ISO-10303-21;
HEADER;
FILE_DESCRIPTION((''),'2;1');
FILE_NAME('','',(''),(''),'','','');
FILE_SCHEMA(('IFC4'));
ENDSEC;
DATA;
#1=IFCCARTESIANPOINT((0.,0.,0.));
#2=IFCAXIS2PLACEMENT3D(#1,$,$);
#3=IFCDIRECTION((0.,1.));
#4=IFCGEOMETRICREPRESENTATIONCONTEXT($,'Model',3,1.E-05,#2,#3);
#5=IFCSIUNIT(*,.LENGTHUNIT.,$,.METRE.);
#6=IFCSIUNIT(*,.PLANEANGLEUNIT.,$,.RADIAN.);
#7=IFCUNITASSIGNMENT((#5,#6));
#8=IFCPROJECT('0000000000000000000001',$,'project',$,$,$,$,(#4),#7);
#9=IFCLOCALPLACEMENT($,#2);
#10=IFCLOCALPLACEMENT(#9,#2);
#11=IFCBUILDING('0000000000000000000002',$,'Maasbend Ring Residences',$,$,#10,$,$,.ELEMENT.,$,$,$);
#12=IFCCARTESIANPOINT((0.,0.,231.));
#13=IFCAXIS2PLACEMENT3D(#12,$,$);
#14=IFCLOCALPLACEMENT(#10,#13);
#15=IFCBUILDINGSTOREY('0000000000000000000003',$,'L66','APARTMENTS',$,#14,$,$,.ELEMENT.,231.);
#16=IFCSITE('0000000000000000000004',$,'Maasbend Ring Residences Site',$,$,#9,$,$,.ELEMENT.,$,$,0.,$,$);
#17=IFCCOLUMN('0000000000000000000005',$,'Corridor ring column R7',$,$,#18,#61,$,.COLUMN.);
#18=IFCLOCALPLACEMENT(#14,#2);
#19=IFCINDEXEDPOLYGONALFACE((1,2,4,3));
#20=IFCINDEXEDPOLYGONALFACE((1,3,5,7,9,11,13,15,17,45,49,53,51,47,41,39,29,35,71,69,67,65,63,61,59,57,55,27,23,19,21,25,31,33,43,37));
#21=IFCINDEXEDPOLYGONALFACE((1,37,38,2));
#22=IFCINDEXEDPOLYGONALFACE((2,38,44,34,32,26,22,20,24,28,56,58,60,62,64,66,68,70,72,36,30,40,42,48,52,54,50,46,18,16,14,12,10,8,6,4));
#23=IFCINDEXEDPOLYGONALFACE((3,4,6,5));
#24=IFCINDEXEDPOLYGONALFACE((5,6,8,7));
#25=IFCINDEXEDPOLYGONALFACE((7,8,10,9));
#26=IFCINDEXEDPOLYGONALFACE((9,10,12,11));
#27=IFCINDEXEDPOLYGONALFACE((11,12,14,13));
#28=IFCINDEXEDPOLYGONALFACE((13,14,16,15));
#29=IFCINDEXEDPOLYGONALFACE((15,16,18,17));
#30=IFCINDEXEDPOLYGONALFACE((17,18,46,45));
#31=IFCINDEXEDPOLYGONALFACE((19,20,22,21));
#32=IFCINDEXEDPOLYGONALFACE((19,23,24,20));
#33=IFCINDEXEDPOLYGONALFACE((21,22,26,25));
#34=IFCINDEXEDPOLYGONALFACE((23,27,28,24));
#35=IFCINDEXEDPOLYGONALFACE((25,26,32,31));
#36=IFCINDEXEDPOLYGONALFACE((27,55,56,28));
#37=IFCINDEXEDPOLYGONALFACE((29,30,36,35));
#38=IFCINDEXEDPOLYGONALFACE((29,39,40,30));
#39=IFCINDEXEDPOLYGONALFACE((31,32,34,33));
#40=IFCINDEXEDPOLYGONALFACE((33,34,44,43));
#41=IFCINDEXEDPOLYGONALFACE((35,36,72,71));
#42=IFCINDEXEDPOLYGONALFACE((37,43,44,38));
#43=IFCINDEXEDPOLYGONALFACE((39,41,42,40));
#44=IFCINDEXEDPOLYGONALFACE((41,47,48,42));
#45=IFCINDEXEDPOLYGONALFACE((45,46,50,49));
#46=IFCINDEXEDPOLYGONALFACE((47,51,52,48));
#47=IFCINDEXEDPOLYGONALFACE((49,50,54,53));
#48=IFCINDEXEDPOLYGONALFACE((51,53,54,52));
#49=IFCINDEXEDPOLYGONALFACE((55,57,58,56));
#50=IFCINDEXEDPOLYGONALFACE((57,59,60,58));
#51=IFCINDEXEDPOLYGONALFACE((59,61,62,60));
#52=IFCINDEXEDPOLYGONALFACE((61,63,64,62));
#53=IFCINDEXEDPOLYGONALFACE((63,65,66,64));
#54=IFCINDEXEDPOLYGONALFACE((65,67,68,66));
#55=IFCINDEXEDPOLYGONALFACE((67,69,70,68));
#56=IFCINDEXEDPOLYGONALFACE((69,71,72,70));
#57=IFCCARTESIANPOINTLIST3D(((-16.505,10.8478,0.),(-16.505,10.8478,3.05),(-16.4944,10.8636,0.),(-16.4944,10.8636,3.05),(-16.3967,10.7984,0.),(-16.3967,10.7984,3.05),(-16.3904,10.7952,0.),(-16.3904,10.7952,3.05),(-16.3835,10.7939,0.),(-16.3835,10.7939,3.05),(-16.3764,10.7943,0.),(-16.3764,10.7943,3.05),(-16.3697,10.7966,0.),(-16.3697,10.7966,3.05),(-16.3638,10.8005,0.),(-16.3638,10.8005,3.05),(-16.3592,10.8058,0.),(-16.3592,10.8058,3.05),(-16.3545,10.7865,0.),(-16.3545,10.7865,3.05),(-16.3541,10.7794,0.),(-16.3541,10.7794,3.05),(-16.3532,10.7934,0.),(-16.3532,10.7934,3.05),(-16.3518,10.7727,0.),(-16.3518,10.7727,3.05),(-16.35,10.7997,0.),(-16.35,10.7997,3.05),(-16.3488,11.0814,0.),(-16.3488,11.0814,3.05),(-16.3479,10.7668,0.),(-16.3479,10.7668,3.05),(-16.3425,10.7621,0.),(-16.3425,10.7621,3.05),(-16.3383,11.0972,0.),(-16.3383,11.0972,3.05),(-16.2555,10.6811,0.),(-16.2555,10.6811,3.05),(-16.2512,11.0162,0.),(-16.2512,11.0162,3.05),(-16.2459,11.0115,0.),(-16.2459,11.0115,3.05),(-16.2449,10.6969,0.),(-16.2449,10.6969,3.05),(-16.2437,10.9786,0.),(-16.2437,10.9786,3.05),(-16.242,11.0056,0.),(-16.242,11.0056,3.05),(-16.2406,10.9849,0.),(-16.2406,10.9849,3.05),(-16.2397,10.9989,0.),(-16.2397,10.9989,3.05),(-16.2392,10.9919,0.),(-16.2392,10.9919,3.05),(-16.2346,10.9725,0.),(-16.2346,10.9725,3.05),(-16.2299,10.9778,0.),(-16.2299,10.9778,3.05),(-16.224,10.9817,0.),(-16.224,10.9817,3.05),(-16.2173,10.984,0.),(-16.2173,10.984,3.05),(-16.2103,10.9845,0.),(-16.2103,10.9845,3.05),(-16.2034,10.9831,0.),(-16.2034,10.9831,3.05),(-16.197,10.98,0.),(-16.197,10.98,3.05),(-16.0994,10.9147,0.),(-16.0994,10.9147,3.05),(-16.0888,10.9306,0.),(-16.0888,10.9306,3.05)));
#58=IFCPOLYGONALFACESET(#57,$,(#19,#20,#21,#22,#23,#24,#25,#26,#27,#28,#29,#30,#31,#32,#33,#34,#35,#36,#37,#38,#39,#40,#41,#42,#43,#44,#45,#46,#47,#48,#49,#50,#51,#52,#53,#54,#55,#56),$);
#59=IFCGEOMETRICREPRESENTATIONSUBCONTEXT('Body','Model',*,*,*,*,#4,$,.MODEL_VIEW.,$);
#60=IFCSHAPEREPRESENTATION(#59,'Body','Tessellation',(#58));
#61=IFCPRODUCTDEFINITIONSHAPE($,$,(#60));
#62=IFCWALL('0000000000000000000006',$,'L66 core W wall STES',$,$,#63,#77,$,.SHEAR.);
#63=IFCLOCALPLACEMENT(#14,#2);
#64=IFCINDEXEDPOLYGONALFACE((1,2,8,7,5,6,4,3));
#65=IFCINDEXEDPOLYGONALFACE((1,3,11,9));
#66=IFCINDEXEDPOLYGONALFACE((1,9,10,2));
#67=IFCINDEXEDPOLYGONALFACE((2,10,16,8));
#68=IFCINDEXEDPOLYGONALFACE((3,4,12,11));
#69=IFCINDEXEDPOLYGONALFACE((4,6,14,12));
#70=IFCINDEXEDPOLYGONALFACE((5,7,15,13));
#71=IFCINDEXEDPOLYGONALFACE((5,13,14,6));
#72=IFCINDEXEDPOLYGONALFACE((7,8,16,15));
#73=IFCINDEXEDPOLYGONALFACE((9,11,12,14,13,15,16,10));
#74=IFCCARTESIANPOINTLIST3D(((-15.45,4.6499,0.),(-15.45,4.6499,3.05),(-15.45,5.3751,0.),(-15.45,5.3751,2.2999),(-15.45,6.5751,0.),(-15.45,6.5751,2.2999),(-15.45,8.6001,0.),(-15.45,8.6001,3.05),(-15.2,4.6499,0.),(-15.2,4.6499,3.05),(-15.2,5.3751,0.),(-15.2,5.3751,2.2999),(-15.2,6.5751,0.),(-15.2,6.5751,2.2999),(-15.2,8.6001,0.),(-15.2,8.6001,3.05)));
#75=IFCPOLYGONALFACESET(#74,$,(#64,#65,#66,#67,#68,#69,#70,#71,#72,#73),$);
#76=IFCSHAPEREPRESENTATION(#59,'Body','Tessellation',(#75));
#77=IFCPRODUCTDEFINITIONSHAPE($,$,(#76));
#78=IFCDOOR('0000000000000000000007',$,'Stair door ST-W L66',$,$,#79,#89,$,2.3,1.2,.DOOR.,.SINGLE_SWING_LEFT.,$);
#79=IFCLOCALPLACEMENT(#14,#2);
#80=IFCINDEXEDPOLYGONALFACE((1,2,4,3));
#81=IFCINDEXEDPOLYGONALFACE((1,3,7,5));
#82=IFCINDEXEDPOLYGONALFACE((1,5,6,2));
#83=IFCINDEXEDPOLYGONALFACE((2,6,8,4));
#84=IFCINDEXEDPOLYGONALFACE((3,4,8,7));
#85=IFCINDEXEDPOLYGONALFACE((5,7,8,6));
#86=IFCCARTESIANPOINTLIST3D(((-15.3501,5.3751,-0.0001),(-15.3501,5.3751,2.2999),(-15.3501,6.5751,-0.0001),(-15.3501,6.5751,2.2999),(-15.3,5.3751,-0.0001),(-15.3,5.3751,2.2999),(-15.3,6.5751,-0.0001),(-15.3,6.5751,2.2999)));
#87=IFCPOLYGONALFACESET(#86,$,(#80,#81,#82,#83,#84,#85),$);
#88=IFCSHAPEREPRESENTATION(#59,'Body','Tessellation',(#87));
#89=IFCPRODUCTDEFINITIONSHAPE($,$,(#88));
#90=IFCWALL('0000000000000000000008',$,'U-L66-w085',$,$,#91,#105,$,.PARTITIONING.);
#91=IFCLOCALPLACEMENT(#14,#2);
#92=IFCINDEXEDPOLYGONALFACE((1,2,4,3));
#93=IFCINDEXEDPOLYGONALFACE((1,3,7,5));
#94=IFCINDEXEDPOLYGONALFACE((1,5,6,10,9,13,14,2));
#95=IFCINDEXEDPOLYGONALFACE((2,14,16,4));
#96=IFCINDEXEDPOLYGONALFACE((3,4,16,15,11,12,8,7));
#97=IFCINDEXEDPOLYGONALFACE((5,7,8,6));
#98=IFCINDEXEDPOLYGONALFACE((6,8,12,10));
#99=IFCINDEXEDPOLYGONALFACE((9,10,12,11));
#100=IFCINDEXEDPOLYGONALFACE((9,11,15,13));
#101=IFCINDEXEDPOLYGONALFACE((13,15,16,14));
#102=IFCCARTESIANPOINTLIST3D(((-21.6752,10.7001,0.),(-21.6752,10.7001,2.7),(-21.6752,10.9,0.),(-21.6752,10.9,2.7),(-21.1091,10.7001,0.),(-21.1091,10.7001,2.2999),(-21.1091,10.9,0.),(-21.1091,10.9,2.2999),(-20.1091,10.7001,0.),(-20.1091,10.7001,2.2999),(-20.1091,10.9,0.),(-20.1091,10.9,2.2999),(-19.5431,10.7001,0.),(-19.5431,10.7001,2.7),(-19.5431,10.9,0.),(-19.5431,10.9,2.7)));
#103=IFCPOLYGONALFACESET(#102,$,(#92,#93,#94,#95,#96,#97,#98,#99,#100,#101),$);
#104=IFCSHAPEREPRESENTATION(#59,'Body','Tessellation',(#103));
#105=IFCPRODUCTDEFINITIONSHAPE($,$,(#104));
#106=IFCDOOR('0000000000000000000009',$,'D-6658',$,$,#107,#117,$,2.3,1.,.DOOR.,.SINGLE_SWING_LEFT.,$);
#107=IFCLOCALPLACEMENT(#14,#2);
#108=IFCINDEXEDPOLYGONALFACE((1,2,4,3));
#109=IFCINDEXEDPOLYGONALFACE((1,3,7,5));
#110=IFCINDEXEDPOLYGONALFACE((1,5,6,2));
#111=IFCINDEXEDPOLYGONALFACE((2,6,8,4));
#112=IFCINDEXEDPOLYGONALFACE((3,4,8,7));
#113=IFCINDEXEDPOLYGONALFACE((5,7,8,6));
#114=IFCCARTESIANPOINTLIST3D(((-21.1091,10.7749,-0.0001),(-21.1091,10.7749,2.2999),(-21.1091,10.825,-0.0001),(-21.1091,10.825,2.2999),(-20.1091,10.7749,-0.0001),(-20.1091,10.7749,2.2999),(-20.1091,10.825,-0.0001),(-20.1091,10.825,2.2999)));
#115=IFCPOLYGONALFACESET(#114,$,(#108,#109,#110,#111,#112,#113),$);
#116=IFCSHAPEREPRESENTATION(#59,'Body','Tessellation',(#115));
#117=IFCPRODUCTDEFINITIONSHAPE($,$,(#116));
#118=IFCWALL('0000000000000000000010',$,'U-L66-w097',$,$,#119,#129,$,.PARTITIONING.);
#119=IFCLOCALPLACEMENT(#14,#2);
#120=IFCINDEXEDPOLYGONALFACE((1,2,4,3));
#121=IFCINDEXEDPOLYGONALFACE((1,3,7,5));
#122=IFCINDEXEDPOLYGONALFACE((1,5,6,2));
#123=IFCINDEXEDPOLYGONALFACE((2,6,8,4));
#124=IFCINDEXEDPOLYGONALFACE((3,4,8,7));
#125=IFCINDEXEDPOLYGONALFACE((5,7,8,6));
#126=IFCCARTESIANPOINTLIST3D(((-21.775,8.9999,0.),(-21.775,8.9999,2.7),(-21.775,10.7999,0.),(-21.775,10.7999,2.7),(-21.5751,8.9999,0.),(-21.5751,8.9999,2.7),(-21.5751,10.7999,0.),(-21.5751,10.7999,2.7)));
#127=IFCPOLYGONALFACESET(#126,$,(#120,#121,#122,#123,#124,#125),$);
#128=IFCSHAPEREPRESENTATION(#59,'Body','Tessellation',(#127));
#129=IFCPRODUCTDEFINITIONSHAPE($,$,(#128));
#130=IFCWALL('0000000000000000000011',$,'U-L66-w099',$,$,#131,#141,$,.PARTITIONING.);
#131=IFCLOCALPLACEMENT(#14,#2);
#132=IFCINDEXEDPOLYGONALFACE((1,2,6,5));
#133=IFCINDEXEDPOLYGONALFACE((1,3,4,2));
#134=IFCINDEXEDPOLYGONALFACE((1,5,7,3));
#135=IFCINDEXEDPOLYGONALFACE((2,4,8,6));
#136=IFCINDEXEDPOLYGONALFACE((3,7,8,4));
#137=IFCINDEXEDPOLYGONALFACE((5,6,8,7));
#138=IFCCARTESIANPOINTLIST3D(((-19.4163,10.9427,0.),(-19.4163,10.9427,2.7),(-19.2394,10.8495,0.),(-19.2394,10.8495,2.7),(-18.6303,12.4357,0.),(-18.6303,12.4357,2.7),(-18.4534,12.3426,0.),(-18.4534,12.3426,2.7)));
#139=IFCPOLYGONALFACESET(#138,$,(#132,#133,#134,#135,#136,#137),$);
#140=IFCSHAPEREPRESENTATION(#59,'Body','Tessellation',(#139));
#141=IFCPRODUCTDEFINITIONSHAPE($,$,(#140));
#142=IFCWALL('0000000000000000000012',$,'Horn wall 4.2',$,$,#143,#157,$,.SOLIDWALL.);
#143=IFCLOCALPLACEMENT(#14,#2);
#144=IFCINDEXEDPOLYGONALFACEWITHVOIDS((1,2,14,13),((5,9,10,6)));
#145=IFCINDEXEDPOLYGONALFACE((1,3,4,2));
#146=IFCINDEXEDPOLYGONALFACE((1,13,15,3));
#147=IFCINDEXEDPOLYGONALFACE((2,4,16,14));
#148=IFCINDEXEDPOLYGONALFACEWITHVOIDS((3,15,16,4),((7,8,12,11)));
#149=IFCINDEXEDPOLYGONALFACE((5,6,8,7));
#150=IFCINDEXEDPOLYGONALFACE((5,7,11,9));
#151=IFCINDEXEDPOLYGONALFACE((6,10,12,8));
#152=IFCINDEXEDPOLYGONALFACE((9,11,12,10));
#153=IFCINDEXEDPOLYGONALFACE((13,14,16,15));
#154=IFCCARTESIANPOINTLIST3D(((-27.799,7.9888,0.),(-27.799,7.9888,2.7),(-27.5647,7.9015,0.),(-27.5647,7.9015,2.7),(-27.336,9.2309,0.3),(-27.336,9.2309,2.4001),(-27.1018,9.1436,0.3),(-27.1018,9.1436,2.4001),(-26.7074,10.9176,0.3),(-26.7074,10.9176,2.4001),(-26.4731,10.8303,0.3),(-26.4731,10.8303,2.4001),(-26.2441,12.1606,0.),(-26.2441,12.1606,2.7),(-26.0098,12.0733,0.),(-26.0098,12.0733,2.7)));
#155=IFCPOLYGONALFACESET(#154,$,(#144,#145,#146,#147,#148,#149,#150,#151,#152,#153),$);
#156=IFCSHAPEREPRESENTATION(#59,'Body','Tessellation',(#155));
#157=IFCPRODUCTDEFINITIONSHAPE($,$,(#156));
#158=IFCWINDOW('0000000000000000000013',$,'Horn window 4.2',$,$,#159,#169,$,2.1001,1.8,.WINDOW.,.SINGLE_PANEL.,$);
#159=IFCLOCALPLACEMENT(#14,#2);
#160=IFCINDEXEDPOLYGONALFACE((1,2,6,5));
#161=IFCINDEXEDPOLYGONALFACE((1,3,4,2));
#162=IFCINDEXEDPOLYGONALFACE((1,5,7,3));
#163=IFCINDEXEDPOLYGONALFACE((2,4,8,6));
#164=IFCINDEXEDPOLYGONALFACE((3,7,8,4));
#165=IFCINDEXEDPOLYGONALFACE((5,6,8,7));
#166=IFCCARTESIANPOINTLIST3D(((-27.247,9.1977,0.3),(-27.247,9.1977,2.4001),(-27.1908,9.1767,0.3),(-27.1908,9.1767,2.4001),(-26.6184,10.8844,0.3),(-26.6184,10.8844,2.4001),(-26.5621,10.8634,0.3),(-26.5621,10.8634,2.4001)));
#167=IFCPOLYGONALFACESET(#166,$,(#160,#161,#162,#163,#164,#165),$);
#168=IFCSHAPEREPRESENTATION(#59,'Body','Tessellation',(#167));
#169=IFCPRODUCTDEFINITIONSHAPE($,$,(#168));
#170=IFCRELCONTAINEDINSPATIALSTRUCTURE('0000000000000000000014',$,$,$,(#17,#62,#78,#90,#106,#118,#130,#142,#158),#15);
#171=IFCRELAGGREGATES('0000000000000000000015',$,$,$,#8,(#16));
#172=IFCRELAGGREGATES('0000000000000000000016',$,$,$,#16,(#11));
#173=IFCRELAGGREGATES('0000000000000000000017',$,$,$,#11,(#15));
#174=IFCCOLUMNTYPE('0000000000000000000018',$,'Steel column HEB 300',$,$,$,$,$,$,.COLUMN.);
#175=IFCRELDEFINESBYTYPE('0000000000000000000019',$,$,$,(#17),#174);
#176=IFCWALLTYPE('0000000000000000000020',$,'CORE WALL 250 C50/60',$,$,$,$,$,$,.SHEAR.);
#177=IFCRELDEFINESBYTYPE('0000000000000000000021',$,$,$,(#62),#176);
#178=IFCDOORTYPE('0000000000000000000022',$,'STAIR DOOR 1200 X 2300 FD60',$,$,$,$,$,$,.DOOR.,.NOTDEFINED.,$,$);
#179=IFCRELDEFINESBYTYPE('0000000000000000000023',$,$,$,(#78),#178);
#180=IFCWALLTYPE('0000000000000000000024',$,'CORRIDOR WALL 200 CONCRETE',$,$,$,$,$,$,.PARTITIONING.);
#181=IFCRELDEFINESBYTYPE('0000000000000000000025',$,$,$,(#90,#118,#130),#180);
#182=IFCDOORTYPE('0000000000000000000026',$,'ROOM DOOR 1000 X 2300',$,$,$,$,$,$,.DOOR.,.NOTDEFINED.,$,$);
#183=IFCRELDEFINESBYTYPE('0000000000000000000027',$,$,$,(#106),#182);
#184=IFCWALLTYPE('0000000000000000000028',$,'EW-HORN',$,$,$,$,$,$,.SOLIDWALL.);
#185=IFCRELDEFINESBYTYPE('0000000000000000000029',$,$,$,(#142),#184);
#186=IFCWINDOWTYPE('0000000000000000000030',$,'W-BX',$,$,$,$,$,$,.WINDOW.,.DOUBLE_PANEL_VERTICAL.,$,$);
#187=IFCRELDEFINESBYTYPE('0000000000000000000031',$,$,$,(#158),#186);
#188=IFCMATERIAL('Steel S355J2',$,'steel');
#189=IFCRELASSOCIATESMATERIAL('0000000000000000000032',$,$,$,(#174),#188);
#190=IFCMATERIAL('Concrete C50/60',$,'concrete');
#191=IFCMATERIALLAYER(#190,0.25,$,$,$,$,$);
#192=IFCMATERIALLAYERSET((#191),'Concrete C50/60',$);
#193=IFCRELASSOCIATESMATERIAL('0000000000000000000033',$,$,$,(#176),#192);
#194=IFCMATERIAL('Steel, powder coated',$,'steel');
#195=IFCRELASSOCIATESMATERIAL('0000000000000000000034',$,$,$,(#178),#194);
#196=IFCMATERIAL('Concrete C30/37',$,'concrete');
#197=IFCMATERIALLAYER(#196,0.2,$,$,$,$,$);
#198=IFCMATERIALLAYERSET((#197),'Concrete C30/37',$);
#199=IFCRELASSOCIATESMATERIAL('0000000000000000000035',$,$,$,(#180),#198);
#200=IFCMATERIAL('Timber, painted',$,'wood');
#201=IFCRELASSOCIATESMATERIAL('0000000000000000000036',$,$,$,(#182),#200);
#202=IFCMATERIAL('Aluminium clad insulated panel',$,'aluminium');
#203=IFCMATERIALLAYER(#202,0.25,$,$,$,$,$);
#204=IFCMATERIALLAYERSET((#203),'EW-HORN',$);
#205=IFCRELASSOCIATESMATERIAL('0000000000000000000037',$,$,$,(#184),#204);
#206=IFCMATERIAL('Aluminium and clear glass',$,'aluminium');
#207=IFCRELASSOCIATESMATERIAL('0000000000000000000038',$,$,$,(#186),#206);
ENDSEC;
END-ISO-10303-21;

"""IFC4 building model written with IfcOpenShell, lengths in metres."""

from ifc_helpers import new_model, si_unit, direction, frame, frame_2d, origin, origin_2d, place, context, subcontext, project, spatial, rectangle, i_section, extrude, material, layer, layer_set, material_profile, profile_set, type_object, element, fill, save


model = new_model("IFC4")

# Units and contexts
model_context = context("Model", 3, precision=1e-05, world=origin(), true_north=direction((0.0, 1.0)))
body_context = subcontext(model_context, "Body", "Model", "MODEL_VIEW")
ifc_project = project(units=[si_unit("LENGTHUNIT", "METRE"), si_unit("PLANEANGLEUNIT", "RADIAN")], contexts=[model_context])

# Site, building, storey
site_placement = place(None, origin())
site = spatial("IfcSite", under=ifc_project, at=site_placement, Name="Maasbend Ring Residences Site", CompositionType="ELEMENT", RefElevation=0.0)
building_placement = place(site_placement, origin())
building = spatial("IfcBuilding", under=site, at=building_placement, Name="Maasbend Ring Residences", CompositionType="ELEMENT")
storey_placement = place(building_placement, frame((0.0, 0.0, 231.0)))
storey = spatial("IfcBuildingStorey", under=building, at=storey_placement, Name="L66", Description="APARTMENTS", CompositionType="ELEMENT", Elevation=231.0)

# Column
ifc_material_1 = material(Name="Steel S355J2", Category="steel")
ifc_material_profile = material_profile(ifc_material_1, i_section(OverallWidth=0.3, OverallDepth=0.3, WebThickness=0.011, FlangeThickness=0.019, FilletRadius=0.0271, at=origin_2d()), Name="HEB 300")
ifc_profile_set = profile_set([ifc_material_profile], Name="Steel S355J2")
column_type = type_object("IfcColumnType", Name="Steel column HEB 300", PredefinedType="COLUMN", material=ifc_profile_set)
column_placement = place(storey_placement, frame((-16.2969, 10.8892, 0.0), z_axis=(0.0, 0.0, 1.0), x_axis=(-0.83147, 0.55557, 0.0)))
element("IfcColumn", 1, at=column_placement, inside=storey, type_object=column_type, Name="Corridor ring column R7", PredefinedType="COLUMN", context=body_context, shape_type="SweptSolid", body=[
    extrude(i_section(OverallWidth=0.3, OverallDepth=0.3, WebThickness=0.011, FlangeThickness=0.019, FilletRadius=0.0271, at=origin_2d()), origin(), (0.0, 0.0, 1.0), 3.05),
])

# Walls, openings, doors
ifc_material_2 = material(Name="Concrete C50/60", Category="concrete")
ifc_layer_1 = layer(ifc_material_2, 0.25)
ifc_layer_set_1 = layer_set([ifc_layer_1], Name="Concrete C50/60")
wall_type_1 = type_object("IfcWallType", Name="CORE WALL 250 C50/60", PredefinedType="SHEAR", material=ifc_layer_set_1)
wall_1_placement = place(storey_placement, frame((-15.325, 8.6001, 0.0), z_axis=(0.0, 0.0, 1.0), x_axis=(0.0, -1.0, 0.0)))
wall_1 = element("IfcWall", 2, at=wall_1_placement, inside=storey, type_object=wall_type_1, Name="L66 core W wall STES", PredefinedType="SHEAR", context=body_context, shape_type="SweptSolid", body=[
    extrude(rectangle(XDim=3.9502, YDim=0.25, at=frame_2d((1.9751, 0.0))), origin(), (0.0, 0.0, 1.0), 3.05),
])
opening_1_placement = place(wall_1_placement, frame((2.0249, 0.0, 0.0)))
opening_1 = element("IfcOpeningElement", 3, at=opening_1_placement, cuts=wall_1, PredefinedType="OPENING", context=body_context, shape_type="SweptSolid", body=[
    extrude(rectangle(XDim=1.2, YDim=2.3, at=frame_2d((0.6001, 1.1499))), frame((0.0, 0.135, 0.0), z_axis=(0.0, -1.0, 0.0), x_axis=(1.0, 0.0, 0.0)), (0.0, 0.0, 1.0), 0.27),
])
ifc_material_3 = material(Name="Steel, powder coated", Category="steel")
door_type_1 = type_object("IfcDoorType", Name="STAIR DOOR 1200 X 2300 FD60", OperationType="NOTDEFINED", PredefinedType="DOOR", material=ifc_material_3)
door_1_placement = place(opening_1_placement, origin())
door_1 = element("IfcDoor", 4, at=door_1_placement, inside=storey, type_object=door_type_1, Name="Stair door ST-W L66", OperationType="SINGLE_SWING_LEFT", OverallHeight=2.3, OverallWidth=1.2, PredefinedType="DOOR", context=body_context, shape_type="SweptSolid", body=[
    extrude(rectangle(XDim=1.2, YDim=2.3, at=frame_2d((0.6001, 1.1499))), frame((0.0, 0.0249, 0.0), z_axis=(0.0, -1.0, 0.0), x_axis=(1.0, 0.0, 0.0)), (0.0, 0.0, 1.0), 0.05),
])
fill(opening_1, door_1)
ifc_material_4 = material(Name="Concrete C30/37", Category="concrete")
ifc_layer_2 = layer(ifc_material_4, 0.2)
ifc_layer_set_2 = layer_set([ifc_layer_2], Name="Concrete C30/37")
wall_type_2 = type_object("IfcWallType", Name="CORRIDOR WALL 200 CONCRETE", PredefinedType="PARTITIONING", material=ifc_layer_set_2)
wall_2_placement = place(storey_placement, frame((-21.675, 10.8, 0.0), z_axis=(0.0, 0.0, 1.0), x_axis=(1.0, 0.0, 0.0)))
wall_2 = element("IfcWall", 5, at=wall_2_placement, inside=storey, type_object=wall_type_2, Name="U-L66-w085", PredefinedType="PARTITIONING", context=body_context, shape_type="SweptSolid", body=[
    extrude(rectangle(XDim=2.1321, YDim=0.2, at=frame_2d((1.0659, 0.0))), origin(), (0.0, 0.0, 1.0), 2.7),
])
opening_2_placement = place(wall_2_placement, frame((0.5659, 0.0, 0.0)))
opening_2 = element("IfcOpeningElement", 6, at=opening_2_placement, cuts=wall_2, PredefinedType="OPENING", context=body_context, shape_type="SweptSolid", body=[
    extrude(rectangle(XDim=1.0, YDim=2.3, at=frame_2d((0.5, 1.1499))), frame((0.0, 0.1099, 0.0), z_axis=(0.0, -1.0, 0.0), x_axis=(1.0, 0.0, 0.0)), (0.0, 0.0, 1.0), 0.22),
])
ifc_material_5 = material(Name="Timber, painted", Category="wood")
door_type_2 = type_object("IfcDoorType", Name="ROOM DOOR 1000 X 2300", OperationType="NOTDEFINED", PredefinedType="DOOR", material=ifc_material_5)
door_2_placement = place(opening_2_placement, origin())
door_2 = element("IfcDoor", 7, at=door_2_placement, inside=storey, type_object=door_type_2, Name="D-6658", OperationType="SINGLE_SWING_LEFT", OverallHeight=2.3, OverallWidth=1.0, PredefinedType="DOOR", context=body_context, shape_type="SweptSolid", body=[
    extrude(rectangle(XDim=1.0, YDim=2.3, at=frame_2d((0.5, 1.1499))), frame((0.0, 0.0249, 0.0), z_axis=(0.0, -1.0, 0.0), x_axis=(1.0, 0.0, 0.0)), (0.0, 0.0, 1.0), 0.05),
])
fill(opening_2, door_2)

# Walls
wall_3_placement = place(storey_placement, frame((-21.675, 9.0, 0.0), z_axis=(0.0, 0.0, 1.0), x_axis=(0.0, 1.0, 0.0)))
element("IfcWall", 8, at=wall_3_placement, inside=storey, type_object=wall_type_2, Name="U-L66-w097", PredefinedType="PARTITIONING", context=body_context, shape_type="SweptSolid", body=[
    extrude(rectangle(XDim=1.8, YDim=0.2, at=frame_2d((0.8999, 0.0))), origin(), (0.0, 0.0, 1.0), 2.7),
])
wall_4_placement = place(storey_placement, frame((-19.3279, 10.896, 0.0), z_axis=(0.0, 0.0, 1.0), x_axis=(0.465812, 0.884884, 0.0)))
element("IfcWall", 9, at=wall_4_placement, inside=storey, type_object=wall_type_2, Name="U-L66-w099", PredefinedType="PARTITIONING", context=body_context, shape_type="SweptSolid", body=[
    extrude(rectangle(XDim=1.6873, YDim=0.2, at=frame_2d((0.8438, 0.0))), origin(), (0.0, 0.0, 1.0), 2.7),
])

# Wall, opening, window
ifc_material_6 = material(Name="Aluminium clad insulated panel", Category="aluminium")
ifc_layer_3 = layer(ifc_material_6, 0.25)
ifc_layer_set_3 = layer_set([ifc_layer_3], Name="EW-HORN")
wall_type_3 = type_object("IfcWallType", Name="EW-HORN", PredefinedType="SOLIDWALL", material=ifc_layer_set_3)
wall_5_placement = place(storey_placement, frame((-26.127, 12.1169, 0.0), z_axis=(0.0, 0.0, 1.0), x_axis=(-0.349248, -0.93703, 0.0)))
wall_5 = element("IfcWall", 10, at=wall_5_placement, inside=storey, type_object=wall_type_3, Name="Horn wall 4.2", PredefinedType="SOLIDWALL", context=body_context, shape_type="SweptSolid", body=[
    extrude(rectangle(XDim=4.4521, YDim=0.25, at=frame_2d((2.2261, 0.0))), origin(), (0.0, 0.0, 1.0), 2.7),
])
opening_3_placement = place(wall_5_placement, frame((1.3267, 0.0, 0.3)))
opening_3 = element("IfcOpeningElement", 11, at=opening_3_placement, cuts=wall_5, PredefinedType="OPENING", context=body_context, shape_type="SweptSolid", body=[
    extrude(rectangle(XDim=1.8, YDim=2.1001, at=frame_2d((0.8999, 1.05))), frame((0.0, 0.135, 0.0), z_axis=(0.0, -1.0, 0.0), x_axis=(1.0, 0.0, 0.0)), (0.0, 0.0, 1.0), 0.27),
])
ifc_material_7 = material(Name="Aluminium and clear glass", Category="aluminium")
window_type_1 = type_object("IfcWindowType", Name="W-BX", PartitioningType="DOUBLE_PANEL_VERTICAL", PredefinedType="WINDOW", material=ifc_material_7)
window_1_placement = place(opening_3_placement, origin())
window_1 = element("IfcWindow", 12, at=window_1_placement, inside=storey, type_object=window_type_1, Name="Horn window 4.2", OverallHeight=2.1001, OverallWidth=1.8, PartitioningType="SINGLE_PANEL", PredefinedType="WINDOW", context=body_context, shape_type="SweptSolid", body=[
    extrude(rectangle(XDim=1.8, YDim=2.1001, at=frame_2d((0.8999, 1.05))), frame((0.0, 0.03, 0.0), z_axis=(0.0, -1.0, 0.0), x_axis=(1.0, 0.0, 0.0)), (0.0, 0.0, 1.0), 0.0601),
])
fill(opening_3, window_1)

save(model, "model.ifc")
